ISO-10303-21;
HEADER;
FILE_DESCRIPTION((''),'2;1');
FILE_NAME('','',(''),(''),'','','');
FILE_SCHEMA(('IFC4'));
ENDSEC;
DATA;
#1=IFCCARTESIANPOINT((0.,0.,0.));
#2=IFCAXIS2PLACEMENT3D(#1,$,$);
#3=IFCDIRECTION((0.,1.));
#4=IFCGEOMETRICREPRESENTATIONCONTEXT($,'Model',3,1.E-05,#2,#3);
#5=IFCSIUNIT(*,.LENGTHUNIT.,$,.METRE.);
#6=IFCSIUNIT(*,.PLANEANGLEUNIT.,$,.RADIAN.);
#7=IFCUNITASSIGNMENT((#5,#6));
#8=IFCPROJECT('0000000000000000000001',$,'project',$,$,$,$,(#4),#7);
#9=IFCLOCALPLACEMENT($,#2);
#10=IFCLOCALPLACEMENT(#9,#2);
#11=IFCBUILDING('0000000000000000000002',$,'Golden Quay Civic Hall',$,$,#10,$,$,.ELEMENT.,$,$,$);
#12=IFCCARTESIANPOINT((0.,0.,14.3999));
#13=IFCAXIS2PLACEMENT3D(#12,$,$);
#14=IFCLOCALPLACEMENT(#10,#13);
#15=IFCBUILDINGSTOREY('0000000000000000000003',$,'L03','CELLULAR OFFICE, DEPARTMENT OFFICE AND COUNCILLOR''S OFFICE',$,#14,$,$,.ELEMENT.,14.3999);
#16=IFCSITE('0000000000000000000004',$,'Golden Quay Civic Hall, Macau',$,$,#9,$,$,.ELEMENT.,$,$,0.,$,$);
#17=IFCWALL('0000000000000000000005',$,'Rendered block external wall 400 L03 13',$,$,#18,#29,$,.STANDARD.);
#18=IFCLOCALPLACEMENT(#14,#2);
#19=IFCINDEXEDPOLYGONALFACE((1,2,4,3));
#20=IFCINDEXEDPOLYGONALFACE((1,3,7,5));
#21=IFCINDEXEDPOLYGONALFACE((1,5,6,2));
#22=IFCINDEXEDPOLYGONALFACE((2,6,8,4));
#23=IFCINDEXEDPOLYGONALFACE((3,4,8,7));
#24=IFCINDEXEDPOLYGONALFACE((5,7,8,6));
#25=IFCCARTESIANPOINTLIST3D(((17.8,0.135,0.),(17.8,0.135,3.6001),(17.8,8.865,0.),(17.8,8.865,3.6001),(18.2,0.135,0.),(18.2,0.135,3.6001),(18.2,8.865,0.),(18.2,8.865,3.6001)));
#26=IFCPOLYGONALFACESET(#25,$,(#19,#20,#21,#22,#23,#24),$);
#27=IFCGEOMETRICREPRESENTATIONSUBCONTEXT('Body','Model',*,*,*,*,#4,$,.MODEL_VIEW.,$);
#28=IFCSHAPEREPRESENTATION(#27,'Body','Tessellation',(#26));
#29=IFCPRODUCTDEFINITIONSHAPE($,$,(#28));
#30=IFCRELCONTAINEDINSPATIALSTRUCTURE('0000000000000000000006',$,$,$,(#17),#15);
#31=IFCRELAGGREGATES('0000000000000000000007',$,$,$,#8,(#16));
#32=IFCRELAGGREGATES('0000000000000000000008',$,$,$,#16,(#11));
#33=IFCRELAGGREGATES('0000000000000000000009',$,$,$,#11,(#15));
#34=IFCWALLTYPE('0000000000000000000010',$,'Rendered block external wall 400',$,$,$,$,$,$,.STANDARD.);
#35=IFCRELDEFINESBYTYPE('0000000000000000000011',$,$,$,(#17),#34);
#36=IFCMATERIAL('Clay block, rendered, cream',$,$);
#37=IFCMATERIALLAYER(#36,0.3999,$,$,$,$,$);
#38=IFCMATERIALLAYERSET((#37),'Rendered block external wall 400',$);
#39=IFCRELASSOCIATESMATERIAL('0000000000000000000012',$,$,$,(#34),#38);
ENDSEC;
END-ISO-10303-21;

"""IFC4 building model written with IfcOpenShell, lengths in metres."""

from ifc_helpers import new_model, si_unit, direction, frame, frame_2d, origin, place, context, subcontext, project, spatial, rectangle, extrude, material, layer, layer_set, type_object, element, save


model = new_model("IFC4")

# Units and contexts
model_context = context("Model", 3, precision=1e-05, world=origin(), true_north=direction((0.0, 1.0)))
body_context = subcontext(model_context, "Body", "Model", "MODEL_VIEW")
ifc_project = project(units=[si_unit("LENGTHUNIT", "METRE"), si_unit("PLANEANGLEUNIT", "RADIAN")], contexts=[model_context])

# Site, building, storey
site_placement = place(None, origin())
site = spatial("IfcSite", under=ifc_project, at=site_placement, Name="Golden Quay Civic Hall, Macau", CompositionType="ELEMENT", RefElevation=0.0)
building_placement = place(site_placement, origin())
building = spatial("IfcBuilding", under=site, at=building_placement, Name="Golden Quay Civic Hall", CompositionType="ELEMENT")
storey_placement = place(building_placement, frame((0.0, 0.0, 14.3999)))
storey = spatial("IfcBuildingStorey", under=building, at=storey_placement, Name="L03", Description="CELLULAR OFFICE, DEPARTMENT OFFICE AND COUNCILLOR'S OFFICE", CompositionType="ELEMENT", Elevation=14.3999)

# Wall
ifc_material_1 = material(Name="Clay block, rendered, cream")
ifc_layer_1 = layer(ifc_material_1, 0.3999)
ifc_layer_set_1 = layer_set([ifc_layer_1], Name="Rendered block external wall 400")
wall_type_1 = type_object("IfcWallType", Name="Rendered block external wall 400", PredefinedType="STANDARD", material=ifc_layer_set_1)
wall_1_placement = place(storey_placement, frame((18.0, 8.865, 0.0), z_axis=(0.0, 0.0, 1.0), x_axis=(0.0, -1.0, 0.0)))
element("IfcWall", 1, at=wall_1_placement, inside=storey, type_object=wall_type_1, Name="Rendered block external wall 400 L03 13", PredefinedType="STANDARD", context=body_context, shape_type="SweptSolid", body=[
    extrude(rectangle(XDim=8.73, YDim=0.3999, at=frame_2d((4.365, 0.0))), origin(), (0.0, 0.0, 1.0), 3.6001),
])

save(model, "model.ifc")
